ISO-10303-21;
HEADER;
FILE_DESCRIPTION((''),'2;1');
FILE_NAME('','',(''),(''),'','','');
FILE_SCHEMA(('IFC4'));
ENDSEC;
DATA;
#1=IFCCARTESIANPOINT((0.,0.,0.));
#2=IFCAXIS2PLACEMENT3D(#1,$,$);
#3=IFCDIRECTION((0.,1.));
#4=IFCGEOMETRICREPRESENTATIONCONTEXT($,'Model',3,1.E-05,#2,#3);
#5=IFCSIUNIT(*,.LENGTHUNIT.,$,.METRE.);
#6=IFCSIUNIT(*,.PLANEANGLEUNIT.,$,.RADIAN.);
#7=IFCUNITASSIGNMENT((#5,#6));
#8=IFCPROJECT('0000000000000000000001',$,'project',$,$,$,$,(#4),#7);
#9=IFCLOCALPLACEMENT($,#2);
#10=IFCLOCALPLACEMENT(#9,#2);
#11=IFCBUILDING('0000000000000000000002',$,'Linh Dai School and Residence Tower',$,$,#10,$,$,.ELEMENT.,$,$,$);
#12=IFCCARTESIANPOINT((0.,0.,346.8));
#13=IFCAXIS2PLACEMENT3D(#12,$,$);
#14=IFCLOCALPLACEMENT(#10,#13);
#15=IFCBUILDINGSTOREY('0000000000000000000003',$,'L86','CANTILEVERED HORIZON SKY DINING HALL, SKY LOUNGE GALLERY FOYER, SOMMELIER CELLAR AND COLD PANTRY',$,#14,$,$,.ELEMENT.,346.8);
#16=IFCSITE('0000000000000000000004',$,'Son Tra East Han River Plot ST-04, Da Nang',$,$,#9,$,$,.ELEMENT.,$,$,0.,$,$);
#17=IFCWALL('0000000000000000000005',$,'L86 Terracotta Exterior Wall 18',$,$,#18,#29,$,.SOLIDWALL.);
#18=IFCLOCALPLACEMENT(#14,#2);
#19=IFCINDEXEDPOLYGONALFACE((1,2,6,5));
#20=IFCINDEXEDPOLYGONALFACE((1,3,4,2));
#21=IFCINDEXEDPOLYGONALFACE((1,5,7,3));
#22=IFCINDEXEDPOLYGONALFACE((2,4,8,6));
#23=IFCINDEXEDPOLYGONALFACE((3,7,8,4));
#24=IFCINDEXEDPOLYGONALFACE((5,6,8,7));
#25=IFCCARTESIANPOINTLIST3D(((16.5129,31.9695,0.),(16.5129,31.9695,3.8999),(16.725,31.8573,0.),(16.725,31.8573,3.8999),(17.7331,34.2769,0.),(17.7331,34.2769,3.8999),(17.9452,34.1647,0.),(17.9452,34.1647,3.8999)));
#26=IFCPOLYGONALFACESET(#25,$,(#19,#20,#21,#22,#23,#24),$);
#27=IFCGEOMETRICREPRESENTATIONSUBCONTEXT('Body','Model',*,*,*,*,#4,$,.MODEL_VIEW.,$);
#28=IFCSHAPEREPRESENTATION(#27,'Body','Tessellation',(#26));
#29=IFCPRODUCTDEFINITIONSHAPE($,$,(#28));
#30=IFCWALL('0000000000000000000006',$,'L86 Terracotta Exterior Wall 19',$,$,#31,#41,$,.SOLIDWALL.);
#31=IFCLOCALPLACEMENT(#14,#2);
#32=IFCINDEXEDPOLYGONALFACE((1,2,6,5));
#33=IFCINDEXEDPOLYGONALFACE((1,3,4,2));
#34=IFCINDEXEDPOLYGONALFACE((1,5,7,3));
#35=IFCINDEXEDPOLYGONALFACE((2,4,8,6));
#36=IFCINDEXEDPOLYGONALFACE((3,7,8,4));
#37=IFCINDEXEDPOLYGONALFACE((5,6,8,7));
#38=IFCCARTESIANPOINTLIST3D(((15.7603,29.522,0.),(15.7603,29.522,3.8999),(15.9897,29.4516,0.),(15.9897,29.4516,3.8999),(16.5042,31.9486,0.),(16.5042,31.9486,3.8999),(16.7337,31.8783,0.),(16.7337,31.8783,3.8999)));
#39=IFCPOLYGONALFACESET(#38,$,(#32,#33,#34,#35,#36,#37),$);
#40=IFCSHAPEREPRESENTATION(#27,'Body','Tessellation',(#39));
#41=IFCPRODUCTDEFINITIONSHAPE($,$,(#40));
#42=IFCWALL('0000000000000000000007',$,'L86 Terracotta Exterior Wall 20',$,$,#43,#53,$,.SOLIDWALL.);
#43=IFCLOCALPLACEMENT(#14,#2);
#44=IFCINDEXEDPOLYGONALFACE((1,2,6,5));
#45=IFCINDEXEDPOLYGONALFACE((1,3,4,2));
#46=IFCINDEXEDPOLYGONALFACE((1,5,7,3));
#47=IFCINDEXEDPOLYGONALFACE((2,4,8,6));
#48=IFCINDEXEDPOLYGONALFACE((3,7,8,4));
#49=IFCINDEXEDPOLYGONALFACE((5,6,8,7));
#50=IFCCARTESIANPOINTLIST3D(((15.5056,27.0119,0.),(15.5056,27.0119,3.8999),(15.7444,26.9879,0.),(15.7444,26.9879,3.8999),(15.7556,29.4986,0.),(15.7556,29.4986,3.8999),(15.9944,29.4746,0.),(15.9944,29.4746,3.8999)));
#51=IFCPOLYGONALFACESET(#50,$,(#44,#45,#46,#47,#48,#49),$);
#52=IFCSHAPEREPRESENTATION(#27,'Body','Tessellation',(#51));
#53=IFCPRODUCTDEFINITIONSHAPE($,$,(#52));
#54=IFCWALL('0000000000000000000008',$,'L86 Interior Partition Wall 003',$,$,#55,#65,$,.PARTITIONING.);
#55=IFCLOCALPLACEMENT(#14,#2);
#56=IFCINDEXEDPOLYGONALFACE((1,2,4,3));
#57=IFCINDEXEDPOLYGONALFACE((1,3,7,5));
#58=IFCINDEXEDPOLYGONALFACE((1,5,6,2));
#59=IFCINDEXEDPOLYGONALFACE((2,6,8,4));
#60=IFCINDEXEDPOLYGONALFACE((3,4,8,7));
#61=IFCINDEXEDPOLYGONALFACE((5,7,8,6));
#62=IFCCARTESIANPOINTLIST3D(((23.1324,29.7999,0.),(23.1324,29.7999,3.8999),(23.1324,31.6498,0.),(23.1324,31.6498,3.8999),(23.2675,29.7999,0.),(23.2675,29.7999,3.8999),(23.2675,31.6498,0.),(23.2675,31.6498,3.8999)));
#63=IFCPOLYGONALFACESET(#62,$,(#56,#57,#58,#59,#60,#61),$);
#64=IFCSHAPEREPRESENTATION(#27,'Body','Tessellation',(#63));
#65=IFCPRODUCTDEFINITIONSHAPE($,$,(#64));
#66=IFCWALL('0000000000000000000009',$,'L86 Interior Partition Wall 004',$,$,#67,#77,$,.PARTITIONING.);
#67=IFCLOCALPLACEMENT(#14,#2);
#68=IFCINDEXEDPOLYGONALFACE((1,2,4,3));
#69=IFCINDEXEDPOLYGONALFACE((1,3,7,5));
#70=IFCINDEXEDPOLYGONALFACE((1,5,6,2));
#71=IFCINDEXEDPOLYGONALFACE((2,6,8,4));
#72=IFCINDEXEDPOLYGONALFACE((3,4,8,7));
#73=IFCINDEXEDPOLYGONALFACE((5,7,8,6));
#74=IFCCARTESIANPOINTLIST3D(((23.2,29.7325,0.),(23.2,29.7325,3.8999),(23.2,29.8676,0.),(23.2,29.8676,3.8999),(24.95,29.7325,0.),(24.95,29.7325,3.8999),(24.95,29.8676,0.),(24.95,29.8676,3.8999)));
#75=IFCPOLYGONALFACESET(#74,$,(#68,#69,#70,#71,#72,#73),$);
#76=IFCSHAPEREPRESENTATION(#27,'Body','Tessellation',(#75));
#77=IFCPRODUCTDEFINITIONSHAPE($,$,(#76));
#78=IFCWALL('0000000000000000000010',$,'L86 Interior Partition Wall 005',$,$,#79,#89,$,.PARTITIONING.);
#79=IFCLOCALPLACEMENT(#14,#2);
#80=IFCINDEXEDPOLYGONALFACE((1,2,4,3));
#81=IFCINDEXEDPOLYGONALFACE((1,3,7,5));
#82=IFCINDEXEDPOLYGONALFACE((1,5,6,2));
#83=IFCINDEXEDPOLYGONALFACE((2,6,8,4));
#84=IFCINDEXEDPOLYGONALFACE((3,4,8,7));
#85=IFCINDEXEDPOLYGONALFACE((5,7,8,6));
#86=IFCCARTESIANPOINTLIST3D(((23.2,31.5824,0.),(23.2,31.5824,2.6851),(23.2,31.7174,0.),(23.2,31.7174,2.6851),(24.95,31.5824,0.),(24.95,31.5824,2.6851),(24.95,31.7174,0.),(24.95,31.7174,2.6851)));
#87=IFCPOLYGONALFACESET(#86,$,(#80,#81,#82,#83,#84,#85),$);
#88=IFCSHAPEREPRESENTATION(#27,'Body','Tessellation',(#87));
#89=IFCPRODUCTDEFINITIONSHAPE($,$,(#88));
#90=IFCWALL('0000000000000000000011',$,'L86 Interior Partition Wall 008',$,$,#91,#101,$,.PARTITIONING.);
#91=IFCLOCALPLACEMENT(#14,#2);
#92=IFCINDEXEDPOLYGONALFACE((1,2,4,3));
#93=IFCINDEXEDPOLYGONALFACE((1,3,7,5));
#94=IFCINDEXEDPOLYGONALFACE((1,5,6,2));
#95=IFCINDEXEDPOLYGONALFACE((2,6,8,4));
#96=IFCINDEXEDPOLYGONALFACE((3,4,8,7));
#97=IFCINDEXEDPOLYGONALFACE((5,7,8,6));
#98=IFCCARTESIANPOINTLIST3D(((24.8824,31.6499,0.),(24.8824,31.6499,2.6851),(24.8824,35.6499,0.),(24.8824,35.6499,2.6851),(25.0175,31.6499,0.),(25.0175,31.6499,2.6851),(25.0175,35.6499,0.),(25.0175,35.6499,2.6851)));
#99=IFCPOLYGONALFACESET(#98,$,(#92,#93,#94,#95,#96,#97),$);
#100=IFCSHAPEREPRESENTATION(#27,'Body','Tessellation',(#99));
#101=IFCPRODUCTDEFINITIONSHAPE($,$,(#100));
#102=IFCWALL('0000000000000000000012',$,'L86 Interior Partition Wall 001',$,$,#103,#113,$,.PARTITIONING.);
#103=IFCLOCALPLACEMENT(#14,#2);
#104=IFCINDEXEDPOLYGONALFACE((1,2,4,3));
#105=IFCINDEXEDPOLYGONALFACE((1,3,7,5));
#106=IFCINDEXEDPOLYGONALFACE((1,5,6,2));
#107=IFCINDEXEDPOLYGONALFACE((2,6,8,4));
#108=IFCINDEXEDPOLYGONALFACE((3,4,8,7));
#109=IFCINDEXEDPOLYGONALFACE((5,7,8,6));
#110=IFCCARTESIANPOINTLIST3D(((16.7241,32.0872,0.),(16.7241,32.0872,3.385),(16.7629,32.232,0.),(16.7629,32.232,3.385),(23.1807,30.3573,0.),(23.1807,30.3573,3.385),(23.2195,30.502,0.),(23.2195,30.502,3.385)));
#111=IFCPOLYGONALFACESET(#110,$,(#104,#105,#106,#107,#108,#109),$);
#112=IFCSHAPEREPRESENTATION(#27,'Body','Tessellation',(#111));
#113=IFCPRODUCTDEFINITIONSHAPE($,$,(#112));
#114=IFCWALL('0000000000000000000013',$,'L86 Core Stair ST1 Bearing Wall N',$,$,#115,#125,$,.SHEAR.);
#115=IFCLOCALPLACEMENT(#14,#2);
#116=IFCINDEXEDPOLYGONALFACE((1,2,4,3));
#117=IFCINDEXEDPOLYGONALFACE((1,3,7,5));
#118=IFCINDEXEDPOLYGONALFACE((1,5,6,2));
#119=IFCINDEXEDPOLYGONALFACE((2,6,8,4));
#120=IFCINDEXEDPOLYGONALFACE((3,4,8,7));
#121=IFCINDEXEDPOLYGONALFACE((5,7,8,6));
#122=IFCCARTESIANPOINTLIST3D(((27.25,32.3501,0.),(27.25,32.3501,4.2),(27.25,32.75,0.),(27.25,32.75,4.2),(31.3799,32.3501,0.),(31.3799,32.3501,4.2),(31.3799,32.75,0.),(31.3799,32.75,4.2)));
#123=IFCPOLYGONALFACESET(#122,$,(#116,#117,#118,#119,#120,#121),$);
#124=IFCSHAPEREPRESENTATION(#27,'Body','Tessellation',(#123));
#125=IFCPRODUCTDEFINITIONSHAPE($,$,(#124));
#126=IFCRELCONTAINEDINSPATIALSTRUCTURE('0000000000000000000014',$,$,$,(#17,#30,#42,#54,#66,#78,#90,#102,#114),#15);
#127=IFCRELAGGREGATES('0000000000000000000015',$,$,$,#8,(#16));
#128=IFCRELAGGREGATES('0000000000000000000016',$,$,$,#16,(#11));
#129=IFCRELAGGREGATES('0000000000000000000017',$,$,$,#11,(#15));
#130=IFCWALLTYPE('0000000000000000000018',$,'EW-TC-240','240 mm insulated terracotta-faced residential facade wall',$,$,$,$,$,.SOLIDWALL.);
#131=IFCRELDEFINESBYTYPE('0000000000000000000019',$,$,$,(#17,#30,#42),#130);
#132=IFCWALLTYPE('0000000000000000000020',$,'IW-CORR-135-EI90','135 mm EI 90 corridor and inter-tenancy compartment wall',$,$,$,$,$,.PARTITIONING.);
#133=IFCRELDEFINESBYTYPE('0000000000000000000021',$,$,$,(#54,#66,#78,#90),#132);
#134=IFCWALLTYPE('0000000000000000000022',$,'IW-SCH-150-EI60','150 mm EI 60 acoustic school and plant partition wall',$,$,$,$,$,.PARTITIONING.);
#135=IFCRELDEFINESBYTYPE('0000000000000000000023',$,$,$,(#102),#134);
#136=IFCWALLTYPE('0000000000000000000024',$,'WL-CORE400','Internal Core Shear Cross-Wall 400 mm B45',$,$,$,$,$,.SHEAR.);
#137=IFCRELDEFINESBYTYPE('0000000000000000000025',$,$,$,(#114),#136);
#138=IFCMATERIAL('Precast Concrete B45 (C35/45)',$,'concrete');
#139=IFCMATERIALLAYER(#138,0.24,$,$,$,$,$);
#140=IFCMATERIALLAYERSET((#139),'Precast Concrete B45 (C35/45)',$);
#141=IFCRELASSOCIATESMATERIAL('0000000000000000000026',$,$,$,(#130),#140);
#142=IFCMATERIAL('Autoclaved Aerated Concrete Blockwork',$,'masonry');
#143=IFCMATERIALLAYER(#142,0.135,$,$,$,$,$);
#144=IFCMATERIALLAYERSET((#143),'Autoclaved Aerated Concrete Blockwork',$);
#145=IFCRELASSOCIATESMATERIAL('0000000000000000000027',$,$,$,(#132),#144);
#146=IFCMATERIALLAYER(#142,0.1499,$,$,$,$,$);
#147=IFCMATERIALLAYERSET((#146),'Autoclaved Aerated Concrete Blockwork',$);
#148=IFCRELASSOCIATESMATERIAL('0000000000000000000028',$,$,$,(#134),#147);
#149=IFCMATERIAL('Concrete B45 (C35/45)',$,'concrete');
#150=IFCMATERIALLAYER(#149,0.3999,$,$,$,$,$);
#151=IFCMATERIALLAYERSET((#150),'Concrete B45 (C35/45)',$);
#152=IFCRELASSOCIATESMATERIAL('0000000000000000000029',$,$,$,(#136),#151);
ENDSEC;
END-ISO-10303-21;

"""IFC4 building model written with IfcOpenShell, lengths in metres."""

from ifc_helpers import new_model, si_unit, direction, frame, frame_2d, origin, place, context, subcontext, project, spatial, rectangle, extrude, material, layer, layer_set, type_object, element, save


model = new_model("IFC4")

# Units and contexts
model_context = context("Model", 3, precision=1e-05, world=origin(), true_north=direction((0.0, 1.0)))
body_context = subcontext(model_context, "Body", "Model", "MODEL_VIEW")
ifc_project = project(units=[si_unit("LENGTHUNIT", "METRE"), si_unit("PLANEANGLEUNIT", "RADIAN")], contexts=[model_context])

# Site, building, storey
site_placement = place(None, origin())
site = spatial("IfcSite", under=ifc_project, at=site_placement, Name="Son Tra East Han River Plot ST-04, Da Nang", CompositionType="ELEMENT", RefElevation=0.0)
building_placement = place(site_placement, origin())
building = spatial("IfcBuilding", under=site, at=building_placement, Name="Linh Dai School and Residence Tower", CompositionType="ELEMENT")
storey_placement = place(building_placement, frame((0.0, 0.0, 346.8)))
storey = spatial("IfcBuildingStorey", under=building, at=storey_placement, Name="L86", Description="CANTILEVERED HORIZON SKY DINING HALL, SKY LOUNGE GALLERY FOYER, SOMMELIER CELLAR AND COLD PANTRY", CompositionType="ELEMENT", Elevation=346.8)

# Shared definitions
ifc_material_1 = material(Name="Concrete B45 (C35/45)", Category="concrete")

# Walls
ifc_material_2 = material(Name="Precast Concrete B45 (C35/45)", Category="concrete")
ifc_layer_1 = layer(ifc_material_2, 0.24)
ifc_layer_set_1 = layer_set([ifc_layer_1], Name="Precast Concrete B45 (C35/45)")
wall_type_1 = type_object("IfcWallType", Name="EW-TC-240", Description="240 mm insulated terracotta-faced residential facade wall", PredefinedType="SOLIDWALL", material=ifc_layer_set_1)
wall_1_placement = place(storey_placement, frame((16.6189, 31.9133, 0.0), z_axis=(0.0, 0.0, 1.0), x_axis=(0.467488, 0.883999, 0.0)))
element("IfcWall", 1, at=wall_1_placement, inside=storey, type_object=wall_type_1, Name="L86 Terracotta Exterior Wall 18", PredefinedType="SOLIDWALL", context=body_context, shape_type="SweptSolid", body=[
    extrude(rectangle(XDim=2.6101, YDim=0.24, at=frame_2d((1.3052, 0.0))), origin(), (0.0, 0.0, 1.0), 3.8999),
])
wall_2_placement = place(storey_placement, frame((15.875, 29.4868, 0.0), z_axis=(0.0, 0.0, 1.0), x_axis=(0.293106, 0.95608, 0.0)))
element("IfcWall", 2, at=wall_2_placement, inside=storey, type_object=wall_type_1, Name="L86 Terracotta Exterior Wall 19", PredefinedType="SOLIDWALL", context=body_context, shape_type="SweptSolid", body=[
    extrude(rectangle(XDim=2.5381, YDim=0.24, at=frame_2d((1.269, 0.0))), origin(), (0.0, 0.0, 1.0), 3.8999),
])
wall_3_placement = place(storey_placement, frame((15.625, 27.0, 0.0), z_axis=(0.0, 0.0, 1.0), x_axis=(0.100026, 0.994985, 0.0)))
element("IfcWall", 3, at=wall_3_placement, inside=storey, type_object=wall_type_1, Name="L86 Terracotta Exterior Wall 20", PredefinedType="SOLIDWALL", context=body_context, shape_type="SweptSolid", body=[
    extrude(rectangle(XDim=2.4993, YDim=0.24, at=frame_2d((1.2495, 0.0))), origin(), (0.0, 0.0, 1.0), 3.8999),
])
ifc_material_3 = material(Name="Autoclaved Aerated Concrete Blockwork", Category="masonry")
ifc_layer_2 = layer(ifc_material_3, 0.135)
ifc_layer_set_2 = layer_set([ifc_layer_2], Name="Autoclaved Aerated Concrete Blockwork")
wall_type_2 = type_object("IfcWallType", Name="IW-CORR-135-EI90", Description="135 mm EI 90 corridor and inter-tenancy compartment wall", PredefinedType="PARTITIONING", material=ifc_layer_set_2)
wall_4_placement = place(storey_placement, frame((23.2, 29.8, 0.0), z_axis=(0.0, 0.0, 1.0), x_axis=(0.0, 1.0, 0.0)))
element("IfcWall", 4, at=wall_4_placement, inside=storey, type_object=wall_type_2, Name="L86 Interior Partition Wall 003", PredefinedType="PARTITIONING", context=body_context, shape_type="SweptSolid", body=[
    extrude(rectangle(XDim=1.8499, YDim=0.135, at=frame_2d((0.9248, 0.0))), origin(), (0.0, 0.0, 1.0), 3.8999),
])
wall_5_placement = place(storey_placement, frame((23.2, 29.8, 0.0), z_axis=(0.0, 0.0, 1.0), x_axis=(1.0, 0.0, 0.0)))
element("IfcWall", 5, at=wall_5_placement, inside=storey, type_object=wall_type_2, Name="L86 Interior Partition Wall 004", PredefinedType="PARTITIONING", context=body_context, shape_type="SweptSolid", body=[
    extrude(rectangle(XDim=1.75, YDim=0.135, at=frame_2d((0.875, 0.0))), origin(), (0.0, 0.0, 1.0), 3.8999),
])
wall_6_placement = place(storey_placement, frame((23.2, 31.6499, 0.0), z_axis=(0.0, 0.0, 1.0), x_axis=(1.0, 0.0, 0.0)))
element("IfcWall", 6, at=wall_6_placement, inside=storey, type_object=wall_type_2, Name="L86 Interior Partition Wall 005", PredefinedType="PARTITIONING", context=body_context, shape_type="SweptSolid", body=[
    extrude(rectangle(XDim=1.75, YDim=0.135, at=frame_2d((0.875, 0.0))), origin(), (0.0, 0.0, 1.0), 2.6851),
])
wall_7_placement = place(storey_placement, frame((24.95, 31.6499, 0.0), z_axis=(0.0, 0.0, 1.0), x_axis=(0.0, 1.0, 0.0)))
element("IfcWall", 7, at=wall_7_placement, inside=storey, type_object=wall_type_2, Name="L86 Interior Partition Wall 008", PredefinedType="PARTITIONING", context=body_context, shape_type="SweptSolid", body=[
    extrude(rectangle(XDim=4.0, YDim=0.135, at=frame_2d((2.0, 0.0))), origin(), (0.0, 0.0, 1.0), 2.6851),
])
ifc_layer_3 = layer(ifc_material_3, 0.1499)
ifc_layer_set_3 = layer_set([ifc_layer_3], Name="Autoclaved Aerated Concrete Blockwork")
wall_type_3 = type_object("IfcWallType", Name="IW-SCH-150-EI60", Description="150 mm EI 60 acoustic school and plant partition wall", PredefinedType="PARTITIONING", material=ifc_layer_set_3)
wall_8_placement = place(storey_placement, frame((16.7434, 32.1597, 0.0), z_axis=(0.0, 0.0, 1.0), x_axis=(0.965928, -0.258813, 0.0)))
element("IfcWall", 8, at=wall_8_placement, inside=storey, type_object=wall_type_3, Name="L86 Interior Partition Wall 001", PredefinedType="PARTITIONING", context=body_context, shape_type="SweptSolid", body=[
    extrude(rectangle(XDim=6.6843, YDim=0.1499, at=frame_2d((3.3423, 0.0))), origin(), (0.0, 0.0, 1.0), 3.385),
])
ifc_layer_4 = layer(ifc_material_1, 0.3999)
ifc_layer_set_4 = layer_set([ifc_layer_4], Name="Concrete B45 (C35/45)")
wall_type_4 = type_object("IfcWallType", Name="WL-CORE400", Description="Internal Core Shear Cross-Wall 400 mm B45", PredefinedType="SHEAR", material=ifc_layer_set_4)
wall_9_placement = place(storey_placement, frame((27.25, 32.55, 0.0), z_axis=(0.0, 0.0, 1.0), x_axis=(1.0, 0.0, 0.0)))
element("IfcWall", 9, at=wall_9_placement, inside=storey, type_object=wall_type_4, Name="L86 Core Stair ST1 Bearing Wall N", PredefinedType="SHEAR", context=body_context, shape_type="SweptSolid", body=[
    extrude(rectangle(XDim=4.1299, YDim=0.3999, at=frame_2d((2.0649, 0.0))), origin(), (0.0, 0.0, 1.0), 4.2),
])

save(model, "model.ifc")
